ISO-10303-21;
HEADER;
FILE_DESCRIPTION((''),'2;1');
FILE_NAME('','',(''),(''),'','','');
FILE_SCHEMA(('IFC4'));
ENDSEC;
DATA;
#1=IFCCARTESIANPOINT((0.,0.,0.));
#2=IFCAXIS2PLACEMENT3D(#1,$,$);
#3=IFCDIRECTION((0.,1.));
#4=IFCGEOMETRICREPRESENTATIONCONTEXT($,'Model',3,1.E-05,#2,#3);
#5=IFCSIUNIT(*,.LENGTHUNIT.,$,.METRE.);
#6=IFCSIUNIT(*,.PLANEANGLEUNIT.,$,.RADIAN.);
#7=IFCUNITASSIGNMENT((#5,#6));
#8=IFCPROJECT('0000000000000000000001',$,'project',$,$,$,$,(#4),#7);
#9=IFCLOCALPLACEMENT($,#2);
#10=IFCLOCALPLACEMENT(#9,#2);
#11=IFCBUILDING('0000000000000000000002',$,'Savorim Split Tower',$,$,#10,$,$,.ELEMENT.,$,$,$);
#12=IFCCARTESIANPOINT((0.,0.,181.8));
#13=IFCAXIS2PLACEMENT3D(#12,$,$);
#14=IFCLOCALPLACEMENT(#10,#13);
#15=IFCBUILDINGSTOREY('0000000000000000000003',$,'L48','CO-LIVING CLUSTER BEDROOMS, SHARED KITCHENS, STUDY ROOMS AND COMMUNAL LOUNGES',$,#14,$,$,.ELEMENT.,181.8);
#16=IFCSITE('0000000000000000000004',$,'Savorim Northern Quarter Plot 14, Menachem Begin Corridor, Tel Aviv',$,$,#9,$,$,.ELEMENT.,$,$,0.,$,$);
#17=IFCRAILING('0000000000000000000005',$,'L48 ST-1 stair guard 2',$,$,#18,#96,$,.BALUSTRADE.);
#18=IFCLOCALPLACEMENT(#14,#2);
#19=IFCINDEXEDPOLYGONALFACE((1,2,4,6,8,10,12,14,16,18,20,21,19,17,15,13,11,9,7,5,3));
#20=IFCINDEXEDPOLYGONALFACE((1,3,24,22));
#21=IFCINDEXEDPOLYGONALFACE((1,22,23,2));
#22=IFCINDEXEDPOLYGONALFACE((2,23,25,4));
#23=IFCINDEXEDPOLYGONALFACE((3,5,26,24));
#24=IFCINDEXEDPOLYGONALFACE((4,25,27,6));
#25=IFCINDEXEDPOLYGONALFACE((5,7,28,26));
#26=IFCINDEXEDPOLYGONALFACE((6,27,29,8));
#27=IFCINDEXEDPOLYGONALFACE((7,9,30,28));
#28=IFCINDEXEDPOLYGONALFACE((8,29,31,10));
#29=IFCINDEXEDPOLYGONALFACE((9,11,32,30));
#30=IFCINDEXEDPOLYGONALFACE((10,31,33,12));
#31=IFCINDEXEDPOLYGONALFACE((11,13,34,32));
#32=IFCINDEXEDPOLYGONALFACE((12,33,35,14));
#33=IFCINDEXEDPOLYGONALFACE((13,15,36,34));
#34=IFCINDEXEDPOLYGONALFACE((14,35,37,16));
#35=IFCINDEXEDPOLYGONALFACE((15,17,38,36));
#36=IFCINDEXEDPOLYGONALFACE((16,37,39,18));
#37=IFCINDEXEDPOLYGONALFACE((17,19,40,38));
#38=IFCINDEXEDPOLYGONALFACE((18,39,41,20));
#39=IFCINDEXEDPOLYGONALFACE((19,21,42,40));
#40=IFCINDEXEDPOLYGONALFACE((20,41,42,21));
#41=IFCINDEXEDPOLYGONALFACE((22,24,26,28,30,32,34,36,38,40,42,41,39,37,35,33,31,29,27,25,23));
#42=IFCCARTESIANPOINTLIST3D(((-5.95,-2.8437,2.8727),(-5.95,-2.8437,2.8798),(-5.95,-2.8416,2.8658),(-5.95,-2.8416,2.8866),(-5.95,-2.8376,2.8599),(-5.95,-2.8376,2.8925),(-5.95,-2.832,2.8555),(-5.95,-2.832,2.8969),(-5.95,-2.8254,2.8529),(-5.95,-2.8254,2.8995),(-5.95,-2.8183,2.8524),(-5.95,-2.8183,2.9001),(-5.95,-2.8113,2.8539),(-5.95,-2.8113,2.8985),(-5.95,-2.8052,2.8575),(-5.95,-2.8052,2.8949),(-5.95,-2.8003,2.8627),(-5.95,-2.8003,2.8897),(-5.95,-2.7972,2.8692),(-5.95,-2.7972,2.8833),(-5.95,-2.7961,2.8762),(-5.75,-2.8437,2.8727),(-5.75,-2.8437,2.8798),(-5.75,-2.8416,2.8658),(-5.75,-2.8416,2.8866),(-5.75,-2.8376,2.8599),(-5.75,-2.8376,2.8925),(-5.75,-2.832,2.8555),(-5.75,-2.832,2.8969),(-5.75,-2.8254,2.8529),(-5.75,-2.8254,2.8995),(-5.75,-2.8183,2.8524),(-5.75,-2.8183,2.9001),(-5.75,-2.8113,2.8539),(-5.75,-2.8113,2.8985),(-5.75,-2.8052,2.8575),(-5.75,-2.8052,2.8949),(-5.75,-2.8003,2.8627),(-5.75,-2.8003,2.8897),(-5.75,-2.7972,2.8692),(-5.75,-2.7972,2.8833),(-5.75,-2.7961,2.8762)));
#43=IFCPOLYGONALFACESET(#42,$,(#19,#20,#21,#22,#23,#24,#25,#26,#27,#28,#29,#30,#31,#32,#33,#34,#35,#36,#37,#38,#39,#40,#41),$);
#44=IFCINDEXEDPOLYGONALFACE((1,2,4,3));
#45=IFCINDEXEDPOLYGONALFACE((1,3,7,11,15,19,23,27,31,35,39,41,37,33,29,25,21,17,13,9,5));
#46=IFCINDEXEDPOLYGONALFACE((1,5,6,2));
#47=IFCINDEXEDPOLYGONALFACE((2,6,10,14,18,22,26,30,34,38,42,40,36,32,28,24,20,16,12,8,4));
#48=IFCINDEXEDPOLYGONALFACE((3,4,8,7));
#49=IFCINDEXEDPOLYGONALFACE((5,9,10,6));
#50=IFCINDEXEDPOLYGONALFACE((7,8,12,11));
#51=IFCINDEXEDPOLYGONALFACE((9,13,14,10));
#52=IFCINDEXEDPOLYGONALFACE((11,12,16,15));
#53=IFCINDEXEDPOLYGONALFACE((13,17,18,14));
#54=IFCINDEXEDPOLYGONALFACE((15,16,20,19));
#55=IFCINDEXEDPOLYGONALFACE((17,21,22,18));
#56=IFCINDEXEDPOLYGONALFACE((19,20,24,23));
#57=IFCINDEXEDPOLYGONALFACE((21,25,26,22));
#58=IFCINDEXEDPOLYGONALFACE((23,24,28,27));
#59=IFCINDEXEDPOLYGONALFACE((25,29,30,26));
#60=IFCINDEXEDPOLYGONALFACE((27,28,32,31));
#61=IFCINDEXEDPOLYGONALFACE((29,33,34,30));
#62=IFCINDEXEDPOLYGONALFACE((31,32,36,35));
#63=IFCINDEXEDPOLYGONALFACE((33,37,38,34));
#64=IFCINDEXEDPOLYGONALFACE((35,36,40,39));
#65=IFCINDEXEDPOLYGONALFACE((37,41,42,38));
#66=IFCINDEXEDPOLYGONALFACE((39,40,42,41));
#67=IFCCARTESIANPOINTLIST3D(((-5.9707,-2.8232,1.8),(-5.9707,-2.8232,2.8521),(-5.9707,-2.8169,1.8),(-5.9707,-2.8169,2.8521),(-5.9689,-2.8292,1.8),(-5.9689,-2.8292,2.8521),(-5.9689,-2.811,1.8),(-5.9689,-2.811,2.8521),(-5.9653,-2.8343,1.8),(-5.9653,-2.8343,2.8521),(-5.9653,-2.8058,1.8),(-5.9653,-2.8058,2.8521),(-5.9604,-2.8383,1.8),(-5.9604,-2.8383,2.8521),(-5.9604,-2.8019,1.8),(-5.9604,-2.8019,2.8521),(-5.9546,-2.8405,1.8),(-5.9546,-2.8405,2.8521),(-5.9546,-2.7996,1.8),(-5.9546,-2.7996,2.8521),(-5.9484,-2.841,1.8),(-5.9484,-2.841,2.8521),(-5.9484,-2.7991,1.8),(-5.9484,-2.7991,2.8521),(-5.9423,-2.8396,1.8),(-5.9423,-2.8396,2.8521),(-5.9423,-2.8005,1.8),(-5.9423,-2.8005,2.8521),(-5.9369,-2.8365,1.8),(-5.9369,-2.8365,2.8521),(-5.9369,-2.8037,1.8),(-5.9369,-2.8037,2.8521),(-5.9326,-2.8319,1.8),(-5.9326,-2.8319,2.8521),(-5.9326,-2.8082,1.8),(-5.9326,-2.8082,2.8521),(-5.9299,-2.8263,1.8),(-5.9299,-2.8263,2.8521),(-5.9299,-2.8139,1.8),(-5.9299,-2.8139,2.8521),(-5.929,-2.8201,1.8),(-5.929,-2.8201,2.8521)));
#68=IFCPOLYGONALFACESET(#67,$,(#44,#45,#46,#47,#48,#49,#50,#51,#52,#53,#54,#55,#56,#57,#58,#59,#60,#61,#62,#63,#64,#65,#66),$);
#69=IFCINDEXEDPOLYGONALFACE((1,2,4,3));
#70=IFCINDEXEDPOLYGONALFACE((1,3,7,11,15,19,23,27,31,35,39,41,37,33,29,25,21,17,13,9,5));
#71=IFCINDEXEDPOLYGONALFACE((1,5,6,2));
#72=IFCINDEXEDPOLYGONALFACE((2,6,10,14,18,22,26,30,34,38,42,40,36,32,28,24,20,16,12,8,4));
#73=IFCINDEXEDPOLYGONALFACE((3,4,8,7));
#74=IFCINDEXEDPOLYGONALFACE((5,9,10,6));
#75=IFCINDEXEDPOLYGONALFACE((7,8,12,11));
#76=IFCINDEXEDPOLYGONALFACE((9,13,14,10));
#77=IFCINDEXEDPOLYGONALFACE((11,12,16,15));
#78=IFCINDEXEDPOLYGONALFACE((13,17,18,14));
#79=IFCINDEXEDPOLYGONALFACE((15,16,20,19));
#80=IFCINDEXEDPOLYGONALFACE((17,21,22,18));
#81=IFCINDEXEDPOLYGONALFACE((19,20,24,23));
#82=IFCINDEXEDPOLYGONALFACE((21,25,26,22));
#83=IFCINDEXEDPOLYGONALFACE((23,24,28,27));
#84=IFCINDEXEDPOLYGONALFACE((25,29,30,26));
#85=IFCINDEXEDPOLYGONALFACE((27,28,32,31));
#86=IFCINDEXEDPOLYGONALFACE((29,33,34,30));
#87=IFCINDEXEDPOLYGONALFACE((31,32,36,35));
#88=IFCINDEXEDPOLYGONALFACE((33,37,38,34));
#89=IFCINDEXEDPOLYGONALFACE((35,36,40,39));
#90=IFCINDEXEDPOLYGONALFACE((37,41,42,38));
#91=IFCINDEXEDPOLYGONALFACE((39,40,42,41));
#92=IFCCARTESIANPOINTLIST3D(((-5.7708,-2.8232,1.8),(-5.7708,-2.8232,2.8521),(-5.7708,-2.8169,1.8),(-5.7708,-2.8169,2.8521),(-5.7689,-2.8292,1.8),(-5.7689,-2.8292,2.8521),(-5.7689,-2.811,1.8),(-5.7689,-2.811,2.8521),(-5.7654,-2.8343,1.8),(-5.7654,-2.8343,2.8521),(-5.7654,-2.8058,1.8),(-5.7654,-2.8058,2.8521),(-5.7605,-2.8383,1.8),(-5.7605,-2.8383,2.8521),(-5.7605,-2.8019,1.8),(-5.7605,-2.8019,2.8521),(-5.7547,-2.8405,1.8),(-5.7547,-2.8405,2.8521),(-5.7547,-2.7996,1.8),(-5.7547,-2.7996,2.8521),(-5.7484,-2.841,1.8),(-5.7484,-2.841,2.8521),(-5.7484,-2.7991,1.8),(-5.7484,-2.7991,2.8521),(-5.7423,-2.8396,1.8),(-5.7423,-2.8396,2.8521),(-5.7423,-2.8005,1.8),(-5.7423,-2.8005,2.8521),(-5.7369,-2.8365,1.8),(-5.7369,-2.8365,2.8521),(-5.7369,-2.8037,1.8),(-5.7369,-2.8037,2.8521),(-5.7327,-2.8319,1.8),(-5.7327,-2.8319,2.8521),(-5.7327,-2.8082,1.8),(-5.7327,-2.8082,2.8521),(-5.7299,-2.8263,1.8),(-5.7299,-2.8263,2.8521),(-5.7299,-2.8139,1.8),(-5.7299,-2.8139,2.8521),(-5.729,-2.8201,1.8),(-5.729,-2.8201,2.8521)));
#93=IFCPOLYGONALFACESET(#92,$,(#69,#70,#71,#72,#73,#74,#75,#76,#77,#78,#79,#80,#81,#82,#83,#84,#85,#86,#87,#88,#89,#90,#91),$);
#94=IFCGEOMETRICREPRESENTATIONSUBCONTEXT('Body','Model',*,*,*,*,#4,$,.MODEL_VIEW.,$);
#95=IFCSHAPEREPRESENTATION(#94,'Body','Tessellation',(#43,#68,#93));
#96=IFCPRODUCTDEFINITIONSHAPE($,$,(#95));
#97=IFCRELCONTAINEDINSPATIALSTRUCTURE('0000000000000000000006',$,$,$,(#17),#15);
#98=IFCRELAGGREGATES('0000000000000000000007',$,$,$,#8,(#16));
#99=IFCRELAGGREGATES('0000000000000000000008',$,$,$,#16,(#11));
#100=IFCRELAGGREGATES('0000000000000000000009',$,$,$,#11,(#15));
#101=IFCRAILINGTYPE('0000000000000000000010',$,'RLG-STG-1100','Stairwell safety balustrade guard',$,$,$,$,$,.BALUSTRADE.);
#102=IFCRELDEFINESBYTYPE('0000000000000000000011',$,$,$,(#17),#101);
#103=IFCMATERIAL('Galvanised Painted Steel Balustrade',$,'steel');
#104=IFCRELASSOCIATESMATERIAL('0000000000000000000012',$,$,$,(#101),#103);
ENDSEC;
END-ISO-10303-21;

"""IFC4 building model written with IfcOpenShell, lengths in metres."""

from ifc_helpers import new_model, si_unit, direction, frame, origin, origin_2d, place, context, subcontext, project, spatial, circle, extrude, material, type_object, element, save


model = new_model("IFC4")

# Units and contexts
model_context = context("Model", 3, precision=1e-05, world=origin(), true_north=direction((0.0, 1.0)))
body_context = subcontext(model_context, "Body", "Model", "MODEL_VIEW")
ifc_project = project(units=[si_unit("LENGTHUNIT", "METRE"), si_unit("PLANEANGLEUNIT", "RADIAN")], contexts=[model_context])

# Site, building, storey
site_placement = place(None, origin())
site = spatial("IfcSite", under=ifc_project, at=site_placement, Name="Savorim Northern Quarter Plot 14, Menachem Begin Corridor, Tel Aviv", CompositionType="ELEMENT", RefElevation=0.0)
building_placement = place(site_placement, origin())
building = spatial("IfcBuilding", under=site, at=building_placement, Name="Savorim Split Tower", CompositionType="ELEMENT")
storey_placement = place(building_placement, frame((0.0, 0.0, 181.8)))
storey = spatial("IfcBuildingStorey", under=building, at=storey_placement, Name="L48", Description="CO-LIVING CLUSTER BEDROOMS, SHARED KITCHENS, STUDY ROOMS AND COMMUNAL LOUNGES", CompositionType="ELEMENT", Elevation=181.8)

# Railing
ifc_material_1 = material(Name="Galvanised Painted Steel Balustrade", Category="steel")
railing_type_1 = type_object("IfcRailingType", Name="RLG-STG-1100", Description="Stairwell safety balustrade guard", PredefinedType="BALUSTRADE", material=ifc_material_1)
railing_1_placement = place(storey_placement, frame((-5.95, -2.8201, 1.8)))
element("IfcRailing", 1, at=railing_1_placement, inside=storey, type_object=railing_type_1, Name="L48 ST-1 stair guard 2", PredefinedType="BALUSTRADE", context=body_context, shape_type="SweptSolid", body=[
    extrude(circle(Radius=0.0239, at=origin_2d()), frame((0.0, 0.0, 1.0762), z_axis=(1.0, 0.0, 0.0), x_axis=(0.0, 1.0, 0.0)), (0.0, 0.0, 1.0), 0.2),
    extrude(circle(Radius=0.021, at=origin_2d()), origin(), (0.0, 0.0, 1.0), 1.052),
    extrude(circle(Radius=0.021, at=origin_2d()), frame((0.2, 0.0, 0.0)), (0.0, 0.0, 1.0), 1.052),
])

save(model, "model.ifc")
